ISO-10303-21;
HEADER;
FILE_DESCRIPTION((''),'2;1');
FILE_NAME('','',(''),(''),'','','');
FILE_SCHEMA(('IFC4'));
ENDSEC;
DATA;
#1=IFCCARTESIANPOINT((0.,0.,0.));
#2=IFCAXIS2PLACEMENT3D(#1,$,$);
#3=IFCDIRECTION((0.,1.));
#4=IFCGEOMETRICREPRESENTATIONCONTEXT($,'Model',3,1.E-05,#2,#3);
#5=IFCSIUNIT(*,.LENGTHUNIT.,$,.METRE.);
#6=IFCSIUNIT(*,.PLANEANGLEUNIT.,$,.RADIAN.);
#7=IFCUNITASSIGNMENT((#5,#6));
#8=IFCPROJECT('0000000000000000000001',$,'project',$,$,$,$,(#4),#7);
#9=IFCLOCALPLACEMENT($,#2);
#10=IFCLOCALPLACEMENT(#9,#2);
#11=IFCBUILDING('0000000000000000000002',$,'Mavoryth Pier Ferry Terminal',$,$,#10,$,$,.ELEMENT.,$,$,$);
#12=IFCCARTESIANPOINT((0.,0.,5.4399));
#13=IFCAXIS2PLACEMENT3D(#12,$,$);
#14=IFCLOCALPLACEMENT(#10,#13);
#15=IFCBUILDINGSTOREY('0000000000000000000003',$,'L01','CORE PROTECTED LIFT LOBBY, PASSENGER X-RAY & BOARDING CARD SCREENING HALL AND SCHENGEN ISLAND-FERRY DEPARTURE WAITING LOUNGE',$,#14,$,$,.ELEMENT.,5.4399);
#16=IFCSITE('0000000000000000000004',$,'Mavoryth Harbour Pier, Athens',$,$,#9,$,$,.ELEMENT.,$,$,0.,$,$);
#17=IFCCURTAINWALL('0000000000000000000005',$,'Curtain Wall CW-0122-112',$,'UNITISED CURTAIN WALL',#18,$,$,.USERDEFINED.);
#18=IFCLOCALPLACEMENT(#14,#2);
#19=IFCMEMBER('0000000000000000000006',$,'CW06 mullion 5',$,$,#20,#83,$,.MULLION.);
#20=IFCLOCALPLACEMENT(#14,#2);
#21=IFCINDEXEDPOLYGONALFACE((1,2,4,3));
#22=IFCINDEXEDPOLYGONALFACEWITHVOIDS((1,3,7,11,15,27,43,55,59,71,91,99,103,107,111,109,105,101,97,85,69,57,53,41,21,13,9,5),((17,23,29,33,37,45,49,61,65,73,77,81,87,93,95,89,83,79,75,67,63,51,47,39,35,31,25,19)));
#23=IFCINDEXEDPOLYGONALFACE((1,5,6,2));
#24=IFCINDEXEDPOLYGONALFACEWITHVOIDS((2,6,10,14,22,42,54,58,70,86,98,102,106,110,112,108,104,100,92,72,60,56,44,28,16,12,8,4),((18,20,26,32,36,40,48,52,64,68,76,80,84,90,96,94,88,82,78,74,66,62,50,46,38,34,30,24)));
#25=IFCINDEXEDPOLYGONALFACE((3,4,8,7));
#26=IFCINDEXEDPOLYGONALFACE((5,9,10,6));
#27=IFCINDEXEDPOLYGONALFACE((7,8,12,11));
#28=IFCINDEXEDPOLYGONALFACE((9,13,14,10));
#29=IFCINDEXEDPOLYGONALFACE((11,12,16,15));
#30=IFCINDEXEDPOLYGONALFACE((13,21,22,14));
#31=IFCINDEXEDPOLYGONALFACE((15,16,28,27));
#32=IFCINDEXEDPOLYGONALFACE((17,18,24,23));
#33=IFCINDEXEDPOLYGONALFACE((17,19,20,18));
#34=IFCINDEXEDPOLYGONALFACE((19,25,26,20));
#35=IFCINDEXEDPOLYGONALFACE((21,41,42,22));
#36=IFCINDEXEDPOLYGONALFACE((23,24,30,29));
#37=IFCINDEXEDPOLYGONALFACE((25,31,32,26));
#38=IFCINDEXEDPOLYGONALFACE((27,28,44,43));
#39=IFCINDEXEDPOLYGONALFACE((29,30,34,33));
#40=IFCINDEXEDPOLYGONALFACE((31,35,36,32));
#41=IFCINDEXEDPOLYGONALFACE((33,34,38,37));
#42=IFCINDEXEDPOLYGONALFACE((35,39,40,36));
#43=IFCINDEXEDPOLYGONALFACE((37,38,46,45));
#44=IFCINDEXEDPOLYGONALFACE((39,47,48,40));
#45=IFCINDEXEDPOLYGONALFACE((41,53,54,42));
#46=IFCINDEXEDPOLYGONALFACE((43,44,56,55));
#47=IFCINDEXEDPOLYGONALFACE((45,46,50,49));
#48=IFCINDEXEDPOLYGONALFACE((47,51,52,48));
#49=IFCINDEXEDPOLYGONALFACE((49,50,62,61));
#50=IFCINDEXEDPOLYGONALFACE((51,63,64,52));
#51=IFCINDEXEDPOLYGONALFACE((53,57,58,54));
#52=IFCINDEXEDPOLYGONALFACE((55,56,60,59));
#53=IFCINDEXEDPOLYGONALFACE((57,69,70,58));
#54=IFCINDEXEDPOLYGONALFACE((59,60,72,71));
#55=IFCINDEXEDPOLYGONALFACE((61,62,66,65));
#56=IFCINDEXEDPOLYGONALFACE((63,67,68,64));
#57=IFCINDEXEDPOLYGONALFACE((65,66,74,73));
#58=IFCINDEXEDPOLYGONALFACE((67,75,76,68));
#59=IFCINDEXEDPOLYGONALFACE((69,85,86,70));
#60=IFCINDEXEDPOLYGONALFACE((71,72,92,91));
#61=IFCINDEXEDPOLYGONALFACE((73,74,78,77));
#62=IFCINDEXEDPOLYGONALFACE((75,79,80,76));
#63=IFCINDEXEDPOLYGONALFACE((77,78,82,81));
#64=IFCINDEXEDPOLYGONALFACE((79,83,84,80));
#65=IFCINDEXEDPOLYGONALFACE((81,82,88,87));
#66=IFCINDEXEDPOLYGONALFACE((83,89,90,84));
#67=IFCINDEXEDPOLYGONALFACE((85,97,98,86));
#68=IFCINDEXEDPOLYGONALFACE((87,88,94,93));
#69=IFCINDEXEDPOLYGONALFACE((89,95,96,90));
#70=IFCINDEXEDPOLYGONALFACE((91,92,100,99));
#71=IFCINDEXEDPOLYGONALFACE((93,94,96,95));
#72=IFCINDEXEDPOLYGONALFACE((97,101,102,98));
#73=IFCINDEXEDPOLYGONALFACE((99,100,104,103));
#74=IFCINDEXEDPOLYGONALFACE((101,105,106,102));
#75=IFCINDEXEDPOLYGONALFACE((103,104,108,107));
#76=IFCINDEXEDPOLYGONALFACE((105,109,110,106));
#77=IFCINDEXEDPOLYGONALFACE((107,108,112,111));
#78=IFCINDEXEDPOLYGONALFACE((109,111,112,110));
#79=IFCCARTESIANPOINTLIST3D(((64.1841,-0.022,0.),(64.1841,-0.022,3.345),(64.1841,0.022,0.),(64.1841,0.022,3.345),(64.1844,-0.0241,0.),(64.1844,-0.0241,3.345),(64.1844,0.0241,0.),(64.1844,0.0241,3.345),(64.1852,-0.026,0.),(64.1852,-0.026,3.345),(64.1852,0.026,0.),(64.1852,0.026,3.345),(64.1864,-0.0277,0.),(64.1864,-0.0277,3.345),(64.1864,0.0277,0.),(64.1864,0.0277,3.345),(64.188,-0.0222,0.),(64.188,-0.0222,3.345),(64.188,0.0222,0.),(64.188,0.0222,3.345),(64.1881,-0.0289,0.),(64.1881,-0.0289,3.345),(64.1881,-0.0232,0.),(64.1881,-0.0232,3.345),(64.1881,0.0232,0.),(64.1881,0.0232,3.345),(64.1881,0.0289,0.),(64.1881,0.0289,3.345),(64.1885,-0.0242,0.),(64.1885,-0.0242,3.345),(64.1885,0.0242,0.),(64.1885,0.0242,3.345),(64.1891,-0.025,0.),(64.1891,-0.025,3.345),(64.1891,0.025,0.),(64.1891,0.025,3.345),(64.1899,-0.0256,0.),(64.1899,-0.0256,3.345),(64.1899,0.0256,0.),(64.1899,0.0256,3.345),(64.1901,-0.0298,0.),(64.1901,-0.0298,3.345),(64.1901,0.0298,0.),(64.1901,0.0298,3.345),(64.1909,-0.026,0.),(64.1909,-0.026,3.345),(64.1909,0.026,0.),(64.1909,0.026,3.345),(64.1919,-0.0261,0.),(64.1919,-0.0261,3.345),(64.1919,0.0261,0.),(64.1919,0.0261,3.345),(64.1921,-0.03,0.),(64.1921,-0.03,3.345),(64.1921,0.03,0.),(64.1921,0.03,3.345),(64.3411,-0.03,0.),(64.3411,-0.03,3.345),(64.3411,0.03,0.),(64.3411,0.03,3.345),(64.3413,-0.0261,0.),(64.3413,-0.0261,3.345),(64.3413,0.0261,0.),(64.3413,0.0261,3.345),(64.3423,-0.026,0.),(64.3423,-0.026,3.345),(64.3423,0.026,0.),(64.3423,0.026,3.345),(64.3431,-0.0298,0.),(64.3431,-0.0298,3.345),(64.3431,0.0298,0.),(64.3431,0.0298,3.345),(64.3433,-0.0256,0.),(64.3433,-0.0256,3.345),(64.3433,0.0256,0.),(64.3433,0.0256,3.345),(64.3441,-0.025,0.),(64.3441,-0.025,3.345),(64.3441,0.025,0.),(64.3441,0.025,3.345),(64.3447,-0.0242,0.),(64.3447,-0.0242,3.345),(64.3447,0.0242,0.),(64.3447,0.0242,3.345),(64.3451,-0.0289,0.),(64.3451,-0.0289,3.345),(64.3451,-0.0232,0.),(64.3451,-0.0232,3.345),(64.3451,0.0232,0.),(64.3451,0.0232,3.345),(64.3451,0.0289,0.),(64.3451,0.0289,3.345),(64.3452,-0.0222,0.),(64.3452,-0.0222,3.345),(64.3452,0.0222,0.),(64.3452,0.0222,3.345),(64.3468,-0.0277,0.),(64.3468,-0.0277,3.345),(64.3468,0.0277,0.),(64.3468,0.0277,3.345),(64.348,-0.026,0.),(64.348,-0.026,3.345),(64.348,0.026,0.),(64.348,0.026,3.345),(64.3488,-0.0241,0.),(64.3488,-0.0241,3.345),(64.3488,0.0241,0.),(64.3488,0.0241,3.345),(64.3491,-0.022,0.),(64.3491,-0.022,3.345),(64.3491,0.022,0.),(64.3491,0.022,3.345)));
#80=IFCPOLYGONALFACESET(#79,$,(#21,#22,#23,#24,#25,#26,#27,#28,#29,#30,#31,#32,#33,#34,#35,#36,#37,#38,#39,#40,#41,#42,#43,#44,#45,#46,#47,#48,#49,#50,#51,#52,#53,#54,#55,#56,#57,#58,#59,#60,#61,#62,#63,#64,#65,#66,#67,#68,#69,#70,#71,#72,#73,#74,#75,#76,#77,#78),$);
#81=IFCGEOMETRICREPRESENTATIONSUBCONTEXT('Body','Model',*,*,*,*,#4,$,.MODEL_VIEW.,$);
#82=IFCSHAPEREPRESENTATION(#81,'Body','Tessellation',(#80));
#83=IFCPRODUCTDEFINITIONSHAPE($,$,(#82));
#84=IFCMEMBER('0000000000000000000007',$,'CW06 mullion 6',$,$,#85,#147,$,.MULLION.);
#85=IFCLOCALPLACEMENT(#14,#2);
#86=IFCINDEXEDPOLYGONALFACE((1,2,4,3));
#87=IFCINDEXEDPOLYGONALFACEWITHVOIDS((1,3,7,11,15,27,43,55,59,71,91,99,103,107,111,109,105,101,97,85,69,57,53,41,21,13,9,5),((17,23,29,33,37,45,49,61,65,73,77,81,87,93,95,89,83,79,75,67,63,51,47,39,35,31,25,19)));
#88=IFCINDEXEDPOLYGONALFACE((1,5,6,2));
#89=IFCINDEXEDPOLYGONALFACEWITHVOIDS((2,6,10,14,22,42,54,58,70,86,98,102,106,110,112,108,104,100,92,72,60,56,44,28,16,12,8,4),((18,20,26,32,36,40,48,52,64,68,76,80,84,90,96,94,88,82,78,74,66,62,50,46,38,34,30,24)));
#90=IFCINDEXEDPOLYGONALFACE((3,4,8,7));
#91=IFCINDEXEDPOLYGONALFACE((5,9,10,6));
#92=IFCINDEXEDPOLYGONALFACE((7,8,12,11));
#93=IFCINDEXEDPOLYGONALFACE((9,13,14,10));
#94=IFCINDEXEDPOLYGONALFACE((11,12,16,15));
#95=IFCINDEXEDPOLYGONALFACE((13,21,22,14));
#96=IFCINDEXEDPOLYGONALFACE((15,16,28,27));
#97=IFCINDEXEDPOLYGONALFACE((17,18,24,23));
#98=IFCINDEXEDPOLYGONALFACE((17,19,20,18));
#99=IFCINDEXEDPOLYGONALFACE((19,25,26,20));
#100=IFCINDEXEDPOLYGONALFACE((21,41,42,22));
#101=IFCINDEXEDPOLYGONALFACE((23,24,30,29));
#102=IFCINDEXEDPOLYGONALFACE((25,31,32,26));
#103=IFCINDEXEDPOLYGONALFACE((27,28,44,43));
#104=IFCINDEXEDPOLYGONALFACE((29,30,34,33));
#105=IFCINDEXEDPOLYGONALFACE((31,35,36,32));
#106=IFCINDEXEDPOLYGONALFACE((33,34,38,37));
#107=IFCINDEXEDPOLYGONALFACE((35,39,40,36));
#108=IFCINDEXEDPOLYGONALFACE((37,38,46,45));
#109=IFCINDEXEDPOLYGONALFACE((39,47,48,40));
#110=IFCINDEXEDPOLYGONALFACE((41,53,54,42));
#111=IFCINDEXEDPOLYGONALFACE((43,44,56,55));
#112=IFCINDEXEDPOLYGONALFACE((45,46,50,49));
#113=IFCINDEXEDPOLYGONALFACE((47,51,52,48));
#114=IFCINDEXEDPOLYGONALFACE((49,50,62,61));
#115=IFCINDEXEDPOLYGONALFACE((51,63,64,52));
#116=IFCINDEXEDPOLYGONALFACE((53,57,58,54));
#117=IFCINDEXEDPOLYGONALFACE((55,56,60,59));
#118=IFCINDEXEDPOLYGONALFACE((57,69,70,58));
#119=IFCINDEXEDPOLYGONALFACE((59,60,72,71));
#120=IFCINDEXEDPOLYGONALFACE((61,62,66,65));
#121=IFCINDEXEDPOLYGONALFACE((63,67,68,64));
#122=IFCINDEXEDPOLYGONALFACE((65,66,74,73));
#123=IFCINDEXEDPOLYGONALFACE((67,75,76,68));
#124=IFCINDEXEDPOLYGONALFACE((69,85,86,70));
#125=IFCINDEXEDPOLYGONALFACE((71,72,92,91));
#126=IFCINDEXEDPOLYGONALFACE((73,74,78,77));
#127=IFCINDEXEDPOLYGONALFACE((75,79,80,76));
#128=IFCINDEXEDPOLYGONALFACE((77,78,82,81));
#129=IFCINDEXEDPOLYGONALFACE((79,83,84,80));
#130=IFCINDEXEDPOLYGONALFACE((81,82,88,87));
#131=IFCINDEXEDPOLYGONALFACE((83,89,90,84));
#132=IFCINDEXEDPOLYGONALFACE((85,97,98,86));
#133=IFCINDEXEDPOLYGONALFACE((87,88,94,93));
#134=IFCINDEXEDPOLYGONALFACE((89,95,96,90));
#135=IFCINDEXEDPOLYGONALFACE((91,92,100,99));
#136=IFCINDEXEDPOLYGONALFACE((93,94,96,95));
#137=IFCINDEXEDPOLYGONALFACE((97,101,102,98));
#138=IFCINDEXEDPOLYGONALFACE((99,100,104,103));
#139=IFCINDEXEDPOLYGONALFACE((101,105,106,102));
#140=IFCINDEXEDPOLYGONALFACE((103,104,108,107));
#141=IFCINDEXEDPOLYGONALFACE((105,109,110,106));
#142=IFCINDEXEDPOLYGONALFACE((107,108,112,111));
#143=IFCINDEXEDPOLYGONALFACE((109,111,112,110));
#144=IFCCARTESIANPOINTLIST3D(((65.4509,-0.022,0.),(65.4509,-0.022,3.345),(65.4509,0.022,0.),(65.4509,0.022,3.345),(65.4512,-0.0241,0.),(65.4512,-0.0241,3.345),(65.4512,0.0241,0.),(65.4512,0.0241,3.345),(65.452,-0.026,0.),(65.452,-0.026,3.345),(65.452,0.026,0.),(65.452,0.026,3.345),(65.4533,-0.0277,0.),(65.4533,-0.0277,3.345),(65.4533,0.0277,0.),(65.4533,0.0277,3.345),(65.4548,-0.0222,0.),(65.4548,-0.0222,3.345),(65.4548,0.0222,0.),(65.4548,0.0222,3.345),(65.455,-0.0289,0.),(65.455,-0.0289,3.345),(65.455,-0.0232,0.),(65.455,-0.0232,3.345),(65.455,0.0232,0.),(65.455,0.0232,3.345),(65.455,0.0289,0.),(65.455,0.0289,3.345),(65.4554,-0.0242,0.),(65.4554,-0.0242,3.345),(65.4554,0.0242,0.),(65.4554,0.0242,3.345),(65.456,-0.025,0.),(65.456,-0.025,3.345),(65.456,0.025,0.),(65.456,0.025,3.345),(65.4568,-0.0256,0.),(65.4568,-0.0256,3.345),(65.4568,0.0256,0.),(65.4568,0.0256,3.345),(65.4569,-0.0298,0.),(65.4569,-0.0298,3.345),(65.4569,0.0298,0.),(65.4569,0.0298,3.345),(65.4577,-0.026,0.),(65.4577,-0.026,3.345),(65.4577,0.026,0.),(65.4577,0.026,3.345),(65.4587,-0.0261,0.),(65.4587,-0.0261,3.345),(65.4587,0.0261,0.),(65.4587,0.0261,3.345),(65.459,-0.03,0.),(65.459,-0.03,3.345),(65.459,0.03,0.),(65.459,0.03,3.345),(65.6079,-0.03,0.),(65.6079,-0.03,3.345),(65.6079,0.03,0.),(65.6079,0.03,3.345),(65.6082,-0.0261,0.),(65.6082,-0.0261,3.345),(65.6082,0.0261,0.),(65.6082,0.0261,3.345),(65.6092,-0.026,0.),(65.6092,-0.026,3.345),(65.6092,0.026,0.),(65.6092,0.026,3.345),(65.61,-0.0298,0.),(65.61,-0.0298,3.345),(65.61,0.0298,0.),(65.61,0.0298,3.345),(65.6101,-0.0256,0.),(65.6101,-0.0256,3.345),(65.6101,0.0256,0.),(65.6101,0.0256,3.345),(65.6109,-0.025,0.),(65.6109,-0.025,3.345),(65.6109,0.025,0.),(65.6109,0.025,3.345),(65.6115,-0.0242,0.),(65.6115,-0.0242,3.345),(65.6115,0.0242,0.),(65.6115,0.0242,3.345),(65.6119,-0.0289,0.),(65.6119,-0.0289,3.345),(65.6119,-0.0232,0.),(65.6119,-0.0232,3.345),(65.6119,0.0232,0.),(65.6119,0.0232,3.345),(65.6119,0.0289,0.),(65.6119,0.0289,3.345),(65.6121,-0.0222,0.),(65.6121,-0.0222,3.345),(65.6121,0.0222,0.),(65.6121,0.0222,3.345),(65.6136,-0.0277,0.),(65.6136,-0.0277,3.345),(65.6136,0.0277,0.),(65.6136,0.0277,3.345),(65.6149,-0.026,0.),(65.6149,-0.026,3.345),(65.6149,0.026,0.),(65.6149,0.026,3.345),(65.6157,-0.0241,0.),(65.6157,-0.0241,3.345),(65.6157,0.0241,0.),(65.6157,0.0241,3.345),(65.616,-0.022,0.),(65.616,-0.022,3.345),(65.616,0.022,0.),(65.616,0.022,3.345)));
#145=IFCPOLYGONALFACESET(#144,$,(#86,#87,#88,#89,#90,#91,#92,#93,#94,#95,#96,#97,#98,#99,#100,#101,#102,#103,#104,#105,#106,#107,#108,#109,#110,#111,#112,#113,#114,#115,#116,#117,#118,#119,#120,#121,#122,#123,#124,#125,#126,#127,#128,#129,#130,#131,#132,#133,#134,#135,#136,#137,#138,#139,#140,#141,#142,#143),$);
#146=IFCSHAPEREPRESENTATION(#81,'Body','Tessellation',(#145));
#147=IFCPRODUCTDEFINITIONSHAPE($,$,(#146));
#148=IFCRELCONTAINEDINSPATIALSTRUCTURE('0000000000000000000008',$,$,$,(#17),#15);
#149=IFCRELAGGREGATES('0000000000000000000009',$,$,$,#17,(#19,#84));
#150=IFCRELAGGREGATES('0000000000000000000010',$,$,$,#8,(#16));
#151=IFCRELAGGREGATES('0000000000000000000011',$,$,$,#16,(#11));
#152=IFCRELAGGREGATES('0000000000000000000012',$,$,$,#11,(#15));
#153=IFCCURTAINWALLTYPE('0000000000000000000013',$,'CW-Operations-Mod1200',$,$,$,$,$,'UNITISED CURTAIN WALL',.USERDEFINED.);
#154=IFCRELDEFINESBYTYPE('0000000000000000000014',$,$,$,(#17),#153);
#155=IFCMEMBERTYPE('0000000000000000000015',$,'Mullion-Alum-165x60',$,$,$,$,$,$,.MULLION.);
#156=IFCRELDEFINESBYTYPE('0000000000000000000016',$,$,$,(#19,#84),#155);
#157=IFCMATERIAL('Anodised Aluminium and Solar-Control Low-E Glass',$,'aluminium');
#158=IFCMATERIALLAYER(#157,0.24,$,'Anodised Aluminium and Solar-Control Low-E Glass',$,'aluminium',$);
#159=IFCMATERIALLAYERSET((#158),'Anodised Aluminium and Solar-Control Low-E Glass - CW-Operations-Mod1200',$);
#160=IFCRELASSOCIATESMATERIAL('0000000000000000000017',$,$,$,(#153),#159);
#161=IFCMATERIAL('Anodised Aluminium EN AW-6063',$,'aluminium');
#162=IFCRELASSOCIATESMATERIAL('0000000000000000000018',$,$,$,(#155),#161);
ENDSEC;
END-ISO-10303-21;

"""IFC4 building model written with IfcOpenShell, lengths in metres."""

from ifc_helpers import new_model, si_unit, direction, frame, origin, origin_2d, place, context, subcontext, project, spatial, hollow_rectangle, extrude, material, layer, layer_set, material_profile, profile_set, type_object, element, aggregate, save


model = new_model("IFC4")

# Units and contexts
model_context = context("Model", 3, precision=1e-05, world=origin(), true_north=direction((0.0, 1.0)))
body_context = subcontext(model_context, "Body", "Model", "MODEL_VIEW")
ifc_project = project(units=[si_unit("LENGTHUNIT", "METRE"), si_unit("PLANEANGLEUNIT", "RADIAN")], contexts=[model_context])

# Site, building, storey
site_placement = place(None, origin())
site = spatial("IfcSite", under=ifc_project, at=site_placement, Name="Mavoryth Harbour Pier, Athens", CompositionType="ELEMENT", RefElevation=0.0)
building_placement = place(site_placement, origin())
building = spatial("IfcBuilding", under=site, at=building_placement, Name="Mavoryth Pier Ferry Terminal", CompositionType="ELEMENT")
storey_placement = place(building_placement, frame((0.0, 0.0, 5.4399)))
storey = spatial("IfcBuildingStorey", under=building, at=storey_placement, Name="L01", Description="CORE PROTECTED LIFT LOBBY, PASSENGER X-RAY & BOARDING CARD SCREENING HALL AND SCHENGEN ISLAND-FERRY DEPARTURE WAITING LOUNGE", CompositionType="ELEMENT", Elevation=5.4399)

# Curtain wall, members
ifc_material_1 = material(Name="Anodised Aluminium and Solar-Control Low-E Glass", Category="aluminium")
ifc_layer_1 = layer(ifc_material_1, 0.24, Name="Anodised Aluminium and Solar-Control Low-E Glass", Category="aluminium")
ifc_layer_set_1 = layer_set([ifc_layer_1], Name="Anodised Aluminium and Solar-Control Low-E Glass - CW-Operations-Mod1200")
curtain_wall_type = type_object("IfcCurtainWallType", Name="CW-Operations-Mod1200", ElementType="UNITISED CURTAIN WALL", PredefinedType="USERDEFINED", material=ifc_layer_set_1)
curtain_wall_placement = place(storey_placement, origin())
curtain_wall = element("IfcCurtainWall", 1, at=curtain_wall_placement, inside=storey, type_object=curtain_wall_type, Name="Curtain Wall CW-0122-112", ObjectType="UNITISED CURTAIN WALL", PredefinedType="USERDEFINED")
ifc_material_2 = material(Name="Anodised Aluminium EN AW-6063", Category="aluminium")
ifc_material_profile_1 = material_profile(ifc_material_2, hollow_rectangle(XDim=0.0601, YDim=0.165, WallThickness=0.0039, InnerFilletRadius=0.0039, OuterFilletRadius=0.0081, at=origin_2d()), Name="AL-MULL 165x60x4", Category="aluminium")
ifc_profile_set_1 = profile_set([ifc_material_profile_1], Name="Anodised Aluminium EN AW-6063 - AL-MULL 165x60x4")
member_type_1 = type_object("IfcMemberType", Name="Mullion-Alum-165x60", PredefinedType="MULLION", material=ifc_profile_set_1)
member_1_placement = place(storey_placement, frame((64.2666, 0.0, 0.0), z_axis=(0.0, 0.0, 1.0), x_axis=(0.0, 1.0, 0.0)))
member_1 = element("IfcMember", 2, at=member_1_placement, type_object=member_type_1, Name="CW06 mullion 5", PredefinedType="MULLION", context=body_context, shape_type="SweptSolid", body=[
    extrude(hollow_rectangle(XDim=0.0601, YDim=0.165, WallThickness=0.0039, InnerFilletRadius=0.0039, OuterFilletRadius=0.0081, at=origin_2d()), origin(), (0.0, 0.0, 1.0), 3.345),
])
member_2_placement = place(storey_placement, frame((65.5334, 0.0, 0.0), z_axis=(0.0, 0.0, 1.0), x_axis=(0.0, 1.0, 0.0)))
member_2 = element("IfcMember", 3, at=member_2_placement, type_object=member_type_1, Name="CW06 mullion 6", PredefinedType="MULLION", context=body_context, shape_type="SweptSolid", body=[
    extrude(hollow_rectangle(XDim=0.0601, YDim=0.165, WallThickness=0.0039, InnerFilletRadius=0.0039, OuterFilletRadius=0.0081, at=origin_2d()), origin(), (0.0, 0.0, 1.0), 3.345),
])
aggregate(curtain_wall, [member_1, member_2])

save(model, "model.ifc")
